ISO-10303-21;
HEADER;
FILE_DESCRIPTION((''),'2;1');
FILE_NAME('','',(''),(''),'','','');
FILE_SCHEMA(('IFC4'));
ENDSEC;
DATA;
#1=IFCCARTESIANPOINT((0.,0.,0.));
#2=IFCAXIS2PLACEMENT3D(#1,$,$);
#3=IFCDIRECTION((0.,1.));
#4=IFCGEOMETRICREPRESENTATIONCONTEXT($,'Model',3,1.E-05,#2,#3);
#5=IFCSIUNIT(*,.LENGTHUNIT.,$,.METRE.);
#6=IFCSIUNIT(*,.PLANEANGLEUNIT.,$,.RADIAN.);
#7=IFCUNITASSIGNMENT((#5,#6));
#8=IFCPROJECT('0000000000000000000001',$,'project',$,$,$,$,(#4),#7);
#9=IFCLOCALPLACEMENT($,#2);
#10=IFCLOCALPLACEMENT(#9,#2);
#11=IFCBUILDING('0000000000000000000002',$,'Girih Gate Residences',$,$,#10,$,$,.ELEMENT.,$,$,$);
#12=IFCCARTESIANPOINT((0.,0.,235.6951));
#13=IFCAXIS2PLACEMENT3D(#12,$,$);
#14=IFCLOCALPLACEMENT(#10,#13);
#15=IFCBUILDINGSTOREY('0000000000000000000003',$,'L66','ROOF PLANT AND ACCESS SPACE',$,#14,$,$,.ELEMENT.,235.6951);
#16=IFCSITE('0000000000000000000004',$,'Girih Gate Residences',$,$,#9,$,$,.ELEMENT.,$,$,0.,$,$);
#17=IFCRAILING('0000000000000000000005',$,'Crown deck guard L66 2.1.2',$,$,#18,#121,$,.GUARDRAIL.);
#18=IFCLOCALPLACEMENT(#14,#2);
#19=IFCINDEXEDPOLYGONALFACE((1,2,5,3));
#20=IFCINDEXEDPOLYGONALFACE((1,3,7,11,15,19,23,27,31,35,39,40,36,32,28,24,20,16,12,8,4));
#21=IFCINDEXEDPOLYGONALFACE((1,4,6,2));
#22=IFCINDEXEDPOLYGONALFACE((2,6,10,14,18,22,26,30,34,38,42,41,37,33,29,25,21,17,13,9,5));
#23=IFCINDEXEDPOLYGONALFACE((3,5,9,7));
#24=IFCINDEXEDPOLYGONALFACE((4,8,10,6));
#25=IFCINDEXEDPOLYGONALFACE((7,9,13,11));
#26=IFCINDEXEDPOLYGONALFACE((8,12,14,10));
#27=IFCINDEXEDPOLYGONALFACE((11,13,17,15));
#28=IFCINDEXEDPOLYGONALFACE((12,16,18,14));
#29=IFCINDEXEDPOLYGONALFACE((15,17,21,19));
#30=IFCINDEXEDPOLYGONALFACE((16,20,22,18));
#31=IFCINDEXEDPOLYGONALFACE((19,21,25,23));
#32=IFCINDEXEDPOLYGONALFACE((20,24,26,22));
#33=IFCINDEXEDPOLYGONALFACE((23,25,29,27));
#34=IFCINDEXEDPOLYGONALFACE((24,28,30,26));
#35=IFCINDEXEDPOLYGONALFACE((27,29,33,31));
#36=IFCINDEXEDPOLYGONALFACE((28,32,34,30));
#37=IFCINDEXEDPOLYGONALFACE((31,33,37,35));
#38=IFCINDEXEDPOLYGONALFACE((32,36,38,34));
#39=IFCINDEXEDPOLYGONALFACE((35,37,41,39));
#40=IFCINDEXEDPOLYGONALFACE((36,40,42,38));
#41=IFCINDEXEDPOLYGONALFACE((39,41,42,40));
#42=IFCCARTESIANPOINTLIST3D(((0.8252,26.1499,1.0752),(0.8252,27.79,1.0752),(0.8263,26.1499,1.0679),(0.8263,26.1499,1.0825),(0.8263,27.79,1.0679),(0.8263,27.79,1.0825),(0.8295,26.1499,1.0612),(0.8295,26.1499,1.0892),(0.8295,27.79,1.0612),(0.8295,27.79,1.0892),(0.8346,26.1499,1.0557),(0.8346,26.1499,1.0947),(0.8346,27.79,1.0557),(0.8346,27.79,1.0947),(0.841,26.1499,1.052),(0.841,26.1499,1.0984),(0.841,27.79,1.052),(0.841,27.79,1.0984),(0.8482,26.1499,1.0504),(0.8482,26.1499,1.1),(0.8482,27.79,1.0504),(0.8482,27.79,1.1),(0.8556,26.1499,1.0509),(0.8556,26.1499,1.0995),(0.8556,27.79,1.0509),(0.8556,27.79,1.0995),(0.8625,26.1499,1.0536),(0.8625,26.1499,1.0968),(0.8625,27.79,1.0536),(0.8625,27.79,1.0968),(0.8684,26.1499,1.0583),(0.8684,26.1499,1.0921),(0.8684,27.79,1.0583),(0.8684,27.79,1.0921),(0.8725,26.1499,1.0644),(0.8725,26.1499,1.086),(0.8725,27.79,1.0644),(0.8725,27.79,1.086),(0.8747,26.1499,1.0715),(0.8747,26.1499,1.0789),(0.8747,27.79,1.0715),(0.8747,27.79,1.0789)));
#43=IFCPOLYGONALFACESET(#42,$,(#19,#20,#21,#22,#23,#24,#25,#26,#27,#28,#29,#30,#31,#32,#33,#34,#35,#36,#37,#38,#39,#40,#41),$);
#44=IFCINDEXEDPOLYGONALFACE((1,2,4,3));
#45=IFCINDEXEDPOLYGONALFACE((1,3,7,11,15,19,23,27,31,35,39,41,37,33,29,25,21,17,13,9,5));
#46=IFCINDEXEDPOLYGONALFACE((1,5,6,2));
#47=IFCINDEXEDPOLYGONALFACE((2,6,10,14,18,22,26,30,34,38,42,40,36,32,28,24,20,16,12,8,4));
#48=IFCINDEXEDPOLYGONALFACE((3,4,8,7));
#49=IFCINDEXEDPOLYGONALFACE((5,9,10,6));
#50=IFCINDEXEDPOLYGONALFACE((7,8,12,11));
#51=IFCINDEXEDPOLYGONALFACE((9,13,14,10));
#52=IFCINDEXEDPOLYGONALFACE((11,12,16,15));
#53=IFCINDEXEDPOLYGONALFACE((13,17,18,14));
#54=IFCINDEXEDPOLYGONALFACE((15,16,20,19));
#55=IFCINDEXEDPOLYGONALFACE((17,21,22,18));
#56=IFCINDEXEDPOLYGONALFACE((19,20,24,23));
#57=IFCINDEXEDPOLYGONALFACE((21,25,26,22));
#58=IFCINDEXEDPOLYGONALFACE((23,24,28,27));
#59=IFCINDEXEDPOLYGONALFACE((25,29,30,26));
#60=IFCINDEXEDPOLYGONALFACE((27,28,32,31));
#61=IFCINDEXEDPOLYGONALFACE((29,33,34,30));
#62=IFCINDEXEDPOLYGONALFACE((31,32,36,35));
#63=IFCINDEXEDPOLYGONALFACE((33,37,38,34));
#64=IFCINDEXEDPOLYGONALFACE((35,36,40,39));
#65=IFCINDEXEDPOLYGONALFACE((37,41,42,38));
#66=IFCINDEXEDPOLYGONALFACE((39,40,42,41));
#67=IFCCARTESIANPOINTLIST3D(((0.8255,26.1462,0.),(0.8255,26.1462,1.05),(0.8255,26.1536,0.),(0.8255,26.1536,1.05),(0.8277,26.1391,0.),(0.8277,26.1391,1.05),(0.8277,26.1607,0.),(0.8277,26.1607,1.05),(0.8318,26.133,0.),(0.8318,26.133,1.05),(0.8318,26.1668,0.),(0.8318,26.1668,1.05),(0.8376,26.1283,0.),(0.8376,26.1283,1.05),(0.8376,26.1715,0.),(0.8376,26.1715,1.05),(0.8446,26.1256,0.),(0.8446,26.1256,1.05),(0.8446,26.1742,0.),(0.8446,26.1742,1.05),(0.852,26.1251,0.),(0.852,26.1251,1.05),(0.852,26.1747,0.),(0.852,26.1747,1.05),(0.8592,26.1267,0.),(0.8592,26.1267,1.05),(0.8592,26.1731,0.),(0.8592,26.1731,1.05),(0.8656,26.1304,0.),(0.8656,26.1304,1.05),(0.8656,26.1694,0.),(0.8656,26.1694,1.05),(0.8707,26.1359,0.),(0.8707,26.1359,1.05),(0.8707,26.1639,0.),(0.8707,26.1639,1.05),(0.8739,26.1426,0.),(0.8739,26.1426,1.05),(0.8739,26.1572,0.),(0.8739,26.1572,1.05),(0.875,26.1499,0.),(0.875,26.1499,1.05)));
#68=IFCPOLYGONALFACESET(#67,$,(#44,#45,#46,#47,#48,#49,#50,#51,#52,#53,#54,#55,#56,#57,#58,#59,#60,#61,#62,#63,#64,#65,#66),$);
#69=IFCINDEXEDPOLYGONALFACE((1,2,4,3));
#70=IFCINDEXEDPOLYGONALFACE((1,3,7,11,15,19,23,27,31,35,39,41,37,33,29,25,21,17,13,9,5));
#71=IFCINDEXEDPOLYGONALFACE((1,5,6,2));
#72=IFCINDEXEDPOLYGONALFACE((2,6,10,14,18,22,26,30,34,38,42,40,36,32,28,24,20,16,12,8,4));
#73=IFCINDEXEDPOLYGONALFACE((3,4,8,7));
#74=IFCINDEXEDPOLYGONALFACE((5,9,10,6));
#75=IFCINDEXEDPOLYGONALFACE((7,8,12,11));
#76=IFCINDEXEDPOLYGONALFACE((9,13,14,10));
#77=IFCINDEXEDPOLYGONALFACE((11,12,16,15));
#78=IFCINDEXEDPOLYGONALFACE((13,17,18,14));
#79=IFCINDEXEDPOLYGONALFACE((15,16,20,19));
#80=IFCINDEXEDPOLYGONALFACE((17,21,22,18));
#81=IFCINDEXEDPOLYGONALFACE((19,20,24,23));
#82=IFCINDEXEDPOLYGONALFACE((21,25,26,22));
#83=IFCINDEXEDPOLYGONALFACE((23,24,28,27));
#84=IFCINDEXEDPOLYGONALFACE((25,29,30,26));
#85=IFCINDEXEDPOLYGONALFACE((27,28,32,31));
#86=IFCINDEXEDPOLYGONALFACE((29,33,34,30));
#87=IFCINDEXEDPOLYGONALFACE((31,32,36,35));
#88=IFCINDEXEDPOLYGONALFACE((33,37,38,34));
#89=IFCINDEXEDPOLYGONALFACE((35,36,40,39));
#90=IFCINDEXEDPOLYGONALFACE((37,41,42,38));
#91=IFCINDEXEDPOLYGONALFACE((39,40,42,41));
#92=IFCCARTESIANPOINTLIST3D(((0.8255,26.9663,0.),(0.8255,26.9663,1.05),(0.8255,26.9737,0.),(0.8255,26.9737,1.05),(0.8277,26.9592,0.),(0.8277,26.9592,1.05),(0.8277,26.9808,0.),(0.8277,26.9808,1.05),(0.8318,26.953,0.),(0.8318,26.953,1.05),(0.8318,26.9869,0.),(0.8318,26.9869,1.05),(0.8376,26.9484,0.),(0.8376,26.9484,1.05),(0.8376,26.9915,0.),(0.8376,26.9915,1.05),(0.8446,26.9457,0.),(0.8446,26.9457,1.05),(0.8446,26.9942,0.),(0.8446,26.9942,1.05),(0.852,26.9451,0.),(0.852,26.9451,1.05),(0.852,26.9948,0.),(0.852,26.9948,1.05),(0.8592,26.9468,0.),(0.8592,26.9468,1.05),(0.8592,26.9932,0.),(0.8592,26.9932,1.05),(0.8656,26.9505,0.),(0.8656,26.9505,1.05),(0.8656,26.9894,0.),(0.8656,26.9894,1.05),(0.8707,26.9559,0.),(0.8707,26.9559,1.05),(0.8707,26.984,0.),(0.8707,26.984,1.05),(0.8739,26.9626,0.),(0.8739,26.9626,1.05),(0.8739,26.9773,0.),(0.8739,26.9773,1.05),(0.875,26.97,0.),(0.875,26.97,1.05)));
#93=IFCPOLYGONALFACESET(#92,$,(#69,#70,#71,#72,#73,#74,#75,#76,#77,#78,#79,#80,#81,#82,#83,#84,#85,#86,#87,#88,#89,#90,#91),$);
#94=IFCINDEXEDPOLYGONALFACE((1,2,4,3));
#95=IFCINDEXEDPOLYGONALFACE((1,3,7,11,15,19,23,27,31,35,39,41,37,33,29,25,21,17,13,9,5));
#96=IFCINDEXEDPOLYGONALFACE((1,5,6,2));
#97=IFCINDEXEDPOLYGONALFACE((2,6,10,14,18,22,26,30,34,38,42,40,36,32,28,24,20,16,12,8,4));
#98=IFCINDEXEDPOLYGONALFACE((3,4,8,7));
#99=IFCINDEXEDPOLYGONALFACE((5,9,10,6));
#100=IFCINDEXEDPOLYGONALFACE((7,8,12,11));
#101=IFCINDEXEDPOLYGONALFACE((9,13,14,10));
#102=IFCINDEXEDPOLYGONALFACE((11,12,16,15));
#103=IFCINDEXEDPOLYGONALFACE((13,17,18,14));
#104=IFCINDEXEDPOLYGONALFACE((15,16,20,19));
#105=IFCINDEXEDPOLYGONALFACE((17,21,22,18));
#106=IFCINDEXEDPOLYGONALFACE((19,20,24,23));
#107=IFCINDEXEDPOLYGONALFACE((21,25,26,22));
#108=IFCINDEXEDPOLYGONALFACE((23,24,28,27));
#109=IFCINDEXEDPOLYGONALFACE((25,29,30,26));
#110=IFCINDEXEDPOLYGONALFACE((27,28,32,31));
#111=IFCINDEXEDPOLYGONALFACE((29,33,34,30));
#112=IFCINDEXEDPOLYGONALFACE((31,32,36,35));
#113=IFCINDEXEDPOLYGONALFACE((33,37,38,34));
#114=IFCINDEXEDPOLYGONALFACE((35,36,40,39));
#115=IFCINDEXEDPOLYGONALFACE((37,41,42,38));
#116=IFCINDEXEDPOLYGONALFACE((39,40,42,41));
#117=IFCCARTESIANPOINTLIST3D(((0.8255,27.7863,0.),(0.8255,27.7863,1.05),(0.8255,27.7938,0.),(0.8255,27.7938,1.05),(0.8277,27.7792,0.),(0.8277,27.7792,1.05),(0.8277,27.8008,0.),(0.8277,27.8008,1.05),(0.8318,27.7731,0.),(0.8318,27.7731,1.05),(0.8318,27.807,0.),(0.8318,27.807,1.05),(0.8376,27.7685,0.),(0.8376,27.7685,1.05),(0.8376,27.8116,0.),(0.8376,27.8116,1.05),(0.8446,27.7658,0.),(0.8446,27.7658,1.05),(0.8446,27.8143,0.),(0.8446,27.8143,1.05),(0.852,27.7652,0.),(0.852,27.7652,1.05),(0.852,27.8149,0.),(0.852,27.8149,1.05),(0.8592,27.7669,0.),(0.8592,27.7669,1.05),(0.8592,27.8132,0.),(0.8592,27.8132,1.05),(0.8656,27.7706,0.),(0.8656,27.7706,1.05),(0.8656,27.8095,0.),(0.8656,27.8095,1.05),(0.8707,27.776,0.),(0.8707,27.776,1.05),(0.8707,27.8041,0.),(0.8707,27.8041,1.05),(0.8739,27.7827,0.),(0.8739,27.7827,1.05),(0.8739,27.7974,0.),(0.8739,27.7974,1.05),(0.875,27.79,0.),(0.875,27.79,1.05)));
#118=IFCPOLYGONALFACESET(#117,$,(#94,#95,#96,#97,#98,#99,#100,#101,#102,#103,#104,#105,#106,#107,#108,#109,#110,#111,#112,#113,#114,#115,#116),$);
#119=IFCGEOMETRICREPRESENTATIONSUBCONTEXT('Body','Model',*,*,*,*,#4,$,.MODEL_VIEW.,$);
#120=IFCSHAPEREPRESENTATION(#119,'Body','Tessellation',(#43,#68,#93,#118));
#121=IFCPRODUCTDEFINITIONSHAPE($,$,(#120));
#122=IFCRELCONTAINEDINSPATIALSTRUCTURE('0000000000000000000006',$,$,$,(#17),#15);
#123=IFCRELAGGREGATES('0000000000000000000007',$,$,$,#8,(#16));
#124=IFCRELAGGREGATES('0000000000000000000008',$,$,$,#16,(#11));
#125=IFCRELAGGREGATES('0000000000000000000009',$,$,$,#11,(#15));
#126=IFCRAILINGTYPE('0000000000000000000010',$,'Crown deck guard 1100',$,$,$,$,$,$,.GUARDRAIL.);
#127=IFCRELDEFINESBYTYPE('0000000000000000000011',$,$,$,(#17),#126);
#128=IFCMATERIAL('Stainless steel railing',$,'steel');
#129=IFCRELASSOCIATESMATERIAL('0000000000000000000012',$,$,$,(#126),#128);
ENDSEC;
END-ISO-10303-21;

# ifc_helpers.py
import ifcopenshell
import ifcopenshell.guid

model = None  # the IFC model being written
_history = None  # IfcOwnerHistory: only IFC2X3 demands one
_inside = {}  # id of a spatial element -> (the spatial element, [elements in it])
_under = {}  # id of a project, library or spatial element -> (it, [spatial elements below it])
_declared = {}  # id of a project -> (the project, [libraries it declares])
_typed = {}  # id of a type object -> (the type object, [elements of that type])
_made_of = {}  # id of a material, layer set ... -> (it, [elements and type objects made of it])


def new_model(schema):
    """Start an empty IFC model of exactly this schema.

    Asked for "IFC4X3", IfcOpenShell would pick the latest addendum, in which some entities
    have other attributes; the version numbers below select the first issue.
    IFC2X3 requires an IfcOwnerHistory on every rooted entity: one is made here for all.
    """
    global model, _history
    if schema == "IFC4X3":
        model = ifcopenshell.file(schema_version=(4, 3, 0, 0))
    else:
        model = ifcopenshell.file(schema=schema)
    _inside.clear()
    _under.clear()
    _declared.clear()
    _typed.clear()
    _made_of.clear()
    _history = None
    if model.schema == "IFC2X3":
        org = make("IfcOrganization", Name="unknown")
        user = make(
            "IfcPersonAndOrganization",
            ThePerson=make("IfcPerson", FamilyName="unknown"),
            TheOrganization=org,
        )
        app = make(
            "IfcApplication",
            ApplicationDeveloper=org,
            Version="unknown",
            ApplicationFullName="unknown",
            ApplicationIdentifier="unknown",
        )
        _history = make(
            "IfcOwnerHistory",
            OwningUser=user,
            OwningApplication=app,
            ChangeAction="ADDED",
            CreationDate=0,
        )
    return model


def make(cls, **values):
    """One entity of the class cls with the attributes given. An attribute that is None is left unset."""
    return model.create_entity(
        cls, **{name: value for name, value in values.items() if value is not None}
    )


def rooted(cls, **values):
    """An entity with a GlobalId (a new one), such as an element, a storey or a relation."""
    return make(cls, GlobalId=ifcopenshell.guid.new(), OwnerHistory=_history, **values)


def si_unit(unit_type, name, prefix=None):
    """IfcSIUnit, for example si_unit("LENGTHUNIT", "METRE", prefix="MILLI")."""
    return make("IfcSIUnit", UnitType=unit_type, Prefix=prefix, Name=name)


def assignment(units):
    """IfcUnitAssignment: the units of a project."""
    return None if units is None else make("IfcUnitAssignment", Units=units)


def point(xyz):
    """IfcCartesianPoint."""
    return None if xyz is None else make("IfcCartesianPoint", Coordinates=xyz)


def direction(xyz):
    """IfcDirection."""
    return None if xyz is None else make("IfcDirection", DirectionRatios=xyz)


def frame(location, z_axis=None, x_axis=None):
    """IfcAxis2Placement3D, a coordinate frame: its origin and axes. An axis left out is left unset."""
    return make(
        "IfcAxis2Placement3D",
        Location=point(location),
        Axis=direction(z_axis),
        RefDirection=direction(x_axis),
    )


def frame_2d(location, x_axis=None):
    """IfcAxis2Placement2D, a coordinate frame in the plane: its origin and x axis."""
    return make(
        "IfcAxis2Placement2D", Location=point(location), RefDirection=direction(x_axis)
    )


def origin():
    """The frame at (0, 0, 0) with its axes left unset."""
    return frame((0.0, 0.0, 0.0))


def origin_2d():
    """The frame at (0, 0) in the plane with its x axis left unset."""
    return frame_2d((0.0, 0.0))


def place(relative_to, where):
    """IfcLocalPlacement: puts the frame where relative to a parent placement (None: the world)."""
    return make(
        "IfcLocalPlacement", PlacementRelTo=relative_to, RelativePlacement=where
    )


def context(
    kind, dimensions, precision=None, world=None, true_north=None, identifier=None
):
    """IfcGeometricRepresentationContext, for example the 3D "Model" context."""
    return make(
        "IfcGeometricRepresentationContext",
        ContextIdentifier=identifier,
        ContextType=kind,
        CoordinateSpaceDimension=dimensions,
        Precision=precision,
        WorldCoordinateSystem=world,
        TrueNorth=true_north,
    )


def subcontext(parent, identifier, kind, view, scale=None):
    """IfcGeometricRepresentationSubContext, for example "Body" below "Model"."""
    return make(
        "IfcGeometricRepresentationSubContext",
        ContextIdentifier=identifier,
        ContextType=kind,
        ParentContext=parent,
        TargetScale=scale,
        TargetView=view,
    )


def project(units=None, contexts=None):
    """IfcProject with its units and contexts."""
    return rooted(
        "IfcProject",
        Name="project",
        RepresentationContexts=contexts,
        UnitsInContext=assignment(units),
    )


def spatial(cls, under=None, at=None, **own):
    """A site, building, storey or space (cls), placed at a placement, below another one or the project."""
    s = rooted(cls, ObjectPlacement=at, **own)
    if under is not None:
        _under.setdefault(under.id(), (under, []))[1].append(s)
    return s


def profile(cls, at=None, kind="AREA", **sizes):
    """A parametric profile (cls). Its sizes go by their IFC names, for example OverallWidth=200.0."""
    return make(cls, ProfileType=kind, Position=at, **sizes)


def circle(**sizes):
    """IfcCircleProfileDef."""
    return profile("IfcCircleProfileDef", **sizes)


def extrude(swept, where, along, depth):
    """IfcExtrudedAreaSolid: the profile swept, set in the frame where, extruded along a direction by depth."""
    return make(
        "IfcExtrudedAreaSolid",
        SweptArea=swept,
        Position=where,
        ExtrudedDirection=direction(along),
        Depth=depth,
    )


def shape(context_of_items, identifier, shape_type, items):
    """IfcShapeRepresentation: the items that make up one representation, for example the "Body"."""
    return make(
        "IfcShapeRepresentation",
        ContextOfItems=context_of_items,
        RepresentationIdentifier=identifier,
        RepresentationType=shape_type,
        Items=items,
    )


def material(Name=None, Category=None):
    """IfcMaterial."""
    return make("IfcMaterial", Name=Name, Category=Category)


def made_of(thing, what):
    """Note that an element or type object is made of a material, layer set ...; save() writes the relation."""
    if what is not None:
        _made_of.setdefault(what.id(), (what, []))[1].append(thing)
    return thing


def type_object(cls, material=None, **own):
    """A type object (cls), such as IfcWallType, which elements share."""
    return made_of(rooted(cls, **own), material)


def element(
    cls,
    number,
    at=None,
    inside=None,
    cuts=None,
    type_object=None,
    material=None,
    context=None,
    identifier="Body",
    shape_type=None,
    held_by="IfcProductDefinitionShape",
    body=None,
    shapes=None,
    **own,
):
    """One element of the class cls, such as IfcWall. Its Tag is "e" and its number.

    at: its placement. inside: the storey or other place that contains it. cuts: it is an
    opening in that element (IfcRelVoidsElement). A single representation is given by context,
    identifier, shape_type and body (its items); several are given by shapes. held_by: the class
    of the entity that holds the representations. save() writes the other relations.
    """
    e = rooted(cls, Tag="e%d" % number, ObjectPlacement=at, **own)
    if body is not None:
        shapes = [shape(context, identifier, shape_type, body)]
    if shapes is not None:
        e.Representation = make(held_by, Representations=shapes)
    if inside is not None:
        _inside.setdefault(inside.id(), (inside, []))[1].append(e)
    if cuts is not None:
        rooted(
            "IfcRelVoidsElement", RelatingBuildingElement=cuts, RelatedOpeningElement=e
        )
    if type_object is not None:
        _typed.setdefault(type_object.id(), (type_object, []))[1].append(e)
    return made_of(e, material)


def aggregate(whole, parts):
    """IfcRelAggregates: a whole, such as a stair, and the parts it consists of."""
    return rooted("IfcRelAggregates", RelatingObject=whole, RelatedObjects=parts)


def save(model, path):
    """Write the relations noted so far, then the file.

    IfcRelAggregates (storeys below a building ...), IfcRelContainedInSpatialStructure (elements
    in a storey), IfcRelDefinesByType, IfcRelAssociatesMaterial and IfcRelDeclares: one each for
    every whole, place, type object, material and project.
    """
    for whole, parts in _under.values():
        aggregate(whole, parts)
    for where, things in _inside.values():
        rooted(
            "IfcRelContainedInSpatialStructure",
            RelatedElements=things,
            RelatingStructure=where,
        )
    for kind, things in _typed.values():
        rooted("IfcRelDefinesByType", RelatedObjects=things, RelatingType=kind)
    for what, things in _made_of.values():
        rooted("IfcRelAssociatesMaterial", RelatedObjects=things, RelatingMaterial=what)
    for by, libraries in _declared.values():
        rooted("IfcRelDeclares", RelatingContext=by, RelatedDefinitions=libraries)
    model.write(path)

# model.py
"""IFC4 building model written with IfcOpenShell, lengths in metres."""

from ifc_helpers import new_model, si_unit, direction, frame, origin, origin_2d, place, context, subcontext, project, spatial, circle, extrude, material, type_object, element, save


model = new_model("IFC4")

# Units and contexts
model_context = context("Model", 3, precision=1e-05, world=origin(), true_north=direction((0.0, 1.0)))
body_context = subcontext(model_context, "Body", "Model", "MODEL_VIEW")
ifc_project = project(units=[si_unit("LENGTHUNIT", "METRE"), si_unit("PLANEANGLEUNIT", "RADIAN")], contexts=[model_context])

# Site, building, storey
site_placement = place(None, origin())
site = spatial("IfcSite", under=ifc_project, at=site_placement, Name="Girih Gate Residences", CompositionType="ELEMENT", RefElevation=0.0)
building_placement = place(site_placement, origin())
building = spatial("IfcBuilding", under=site, at=building_placement, Name="Girih Gate Residences", CompositionType="ELEMENT")
storey_placement = place(building_placement, frame((0.0, 0.0, 235.6951)))
storey = spatial("IfcBuildingStorey", under=building, at=storey_placement, Name="L66", Description="ROOF PLANT AND ACCESS SPACE", CompositionType="ELEMENT", Elevation=235.6951)

# Railing
ifc_material_1 = material(Name="Stainless steel railing", Category="steel")
railing_type = type_object("IfcRailingType", Name="Crown deck guard 1100", PredefinedType="GUARDRAIL", material=ifc_material_1)
railing_1_placement = place(storey_placement, frame((0.8501, 26.1499, 0.0)))
element("IfcRailing", 1, at=railing_1_placement, inside=storey, type_object=railing_type, Name="Crown deck guard L66 2.1.2", PredefinedType="GUARDRAIL", context=body_context, shape_type="SweptSolid", body=[
    extrude(circle(Radius=0.0249, at=origin_2d()), frame((0.0, 0.0, 1.0752), z_axis=(0.0, 1.0, 0.0), x_axis=(-1.0, 0.0, 0.0)), (0.0, 0.0, 1.0), 1.6401),
    extrude(circle(Radius=0.0249, at=origin_2d()), origin(), (0.0, 0.0, 1.0), 1.05),
    extrude(circle(Radius=0.0249, at=origin_2d()), frame((0.0, 0.8201, 0.0)), (0.0, 0.0, 1.0), 1.05),
    extrude(circle(Radius=0.0249, at=origin_2d()), frame((0.0, 1.6401, 0.0)), (0.0, 0.0, 1.0), 1.05),
])

save(model, "model.ifc")
